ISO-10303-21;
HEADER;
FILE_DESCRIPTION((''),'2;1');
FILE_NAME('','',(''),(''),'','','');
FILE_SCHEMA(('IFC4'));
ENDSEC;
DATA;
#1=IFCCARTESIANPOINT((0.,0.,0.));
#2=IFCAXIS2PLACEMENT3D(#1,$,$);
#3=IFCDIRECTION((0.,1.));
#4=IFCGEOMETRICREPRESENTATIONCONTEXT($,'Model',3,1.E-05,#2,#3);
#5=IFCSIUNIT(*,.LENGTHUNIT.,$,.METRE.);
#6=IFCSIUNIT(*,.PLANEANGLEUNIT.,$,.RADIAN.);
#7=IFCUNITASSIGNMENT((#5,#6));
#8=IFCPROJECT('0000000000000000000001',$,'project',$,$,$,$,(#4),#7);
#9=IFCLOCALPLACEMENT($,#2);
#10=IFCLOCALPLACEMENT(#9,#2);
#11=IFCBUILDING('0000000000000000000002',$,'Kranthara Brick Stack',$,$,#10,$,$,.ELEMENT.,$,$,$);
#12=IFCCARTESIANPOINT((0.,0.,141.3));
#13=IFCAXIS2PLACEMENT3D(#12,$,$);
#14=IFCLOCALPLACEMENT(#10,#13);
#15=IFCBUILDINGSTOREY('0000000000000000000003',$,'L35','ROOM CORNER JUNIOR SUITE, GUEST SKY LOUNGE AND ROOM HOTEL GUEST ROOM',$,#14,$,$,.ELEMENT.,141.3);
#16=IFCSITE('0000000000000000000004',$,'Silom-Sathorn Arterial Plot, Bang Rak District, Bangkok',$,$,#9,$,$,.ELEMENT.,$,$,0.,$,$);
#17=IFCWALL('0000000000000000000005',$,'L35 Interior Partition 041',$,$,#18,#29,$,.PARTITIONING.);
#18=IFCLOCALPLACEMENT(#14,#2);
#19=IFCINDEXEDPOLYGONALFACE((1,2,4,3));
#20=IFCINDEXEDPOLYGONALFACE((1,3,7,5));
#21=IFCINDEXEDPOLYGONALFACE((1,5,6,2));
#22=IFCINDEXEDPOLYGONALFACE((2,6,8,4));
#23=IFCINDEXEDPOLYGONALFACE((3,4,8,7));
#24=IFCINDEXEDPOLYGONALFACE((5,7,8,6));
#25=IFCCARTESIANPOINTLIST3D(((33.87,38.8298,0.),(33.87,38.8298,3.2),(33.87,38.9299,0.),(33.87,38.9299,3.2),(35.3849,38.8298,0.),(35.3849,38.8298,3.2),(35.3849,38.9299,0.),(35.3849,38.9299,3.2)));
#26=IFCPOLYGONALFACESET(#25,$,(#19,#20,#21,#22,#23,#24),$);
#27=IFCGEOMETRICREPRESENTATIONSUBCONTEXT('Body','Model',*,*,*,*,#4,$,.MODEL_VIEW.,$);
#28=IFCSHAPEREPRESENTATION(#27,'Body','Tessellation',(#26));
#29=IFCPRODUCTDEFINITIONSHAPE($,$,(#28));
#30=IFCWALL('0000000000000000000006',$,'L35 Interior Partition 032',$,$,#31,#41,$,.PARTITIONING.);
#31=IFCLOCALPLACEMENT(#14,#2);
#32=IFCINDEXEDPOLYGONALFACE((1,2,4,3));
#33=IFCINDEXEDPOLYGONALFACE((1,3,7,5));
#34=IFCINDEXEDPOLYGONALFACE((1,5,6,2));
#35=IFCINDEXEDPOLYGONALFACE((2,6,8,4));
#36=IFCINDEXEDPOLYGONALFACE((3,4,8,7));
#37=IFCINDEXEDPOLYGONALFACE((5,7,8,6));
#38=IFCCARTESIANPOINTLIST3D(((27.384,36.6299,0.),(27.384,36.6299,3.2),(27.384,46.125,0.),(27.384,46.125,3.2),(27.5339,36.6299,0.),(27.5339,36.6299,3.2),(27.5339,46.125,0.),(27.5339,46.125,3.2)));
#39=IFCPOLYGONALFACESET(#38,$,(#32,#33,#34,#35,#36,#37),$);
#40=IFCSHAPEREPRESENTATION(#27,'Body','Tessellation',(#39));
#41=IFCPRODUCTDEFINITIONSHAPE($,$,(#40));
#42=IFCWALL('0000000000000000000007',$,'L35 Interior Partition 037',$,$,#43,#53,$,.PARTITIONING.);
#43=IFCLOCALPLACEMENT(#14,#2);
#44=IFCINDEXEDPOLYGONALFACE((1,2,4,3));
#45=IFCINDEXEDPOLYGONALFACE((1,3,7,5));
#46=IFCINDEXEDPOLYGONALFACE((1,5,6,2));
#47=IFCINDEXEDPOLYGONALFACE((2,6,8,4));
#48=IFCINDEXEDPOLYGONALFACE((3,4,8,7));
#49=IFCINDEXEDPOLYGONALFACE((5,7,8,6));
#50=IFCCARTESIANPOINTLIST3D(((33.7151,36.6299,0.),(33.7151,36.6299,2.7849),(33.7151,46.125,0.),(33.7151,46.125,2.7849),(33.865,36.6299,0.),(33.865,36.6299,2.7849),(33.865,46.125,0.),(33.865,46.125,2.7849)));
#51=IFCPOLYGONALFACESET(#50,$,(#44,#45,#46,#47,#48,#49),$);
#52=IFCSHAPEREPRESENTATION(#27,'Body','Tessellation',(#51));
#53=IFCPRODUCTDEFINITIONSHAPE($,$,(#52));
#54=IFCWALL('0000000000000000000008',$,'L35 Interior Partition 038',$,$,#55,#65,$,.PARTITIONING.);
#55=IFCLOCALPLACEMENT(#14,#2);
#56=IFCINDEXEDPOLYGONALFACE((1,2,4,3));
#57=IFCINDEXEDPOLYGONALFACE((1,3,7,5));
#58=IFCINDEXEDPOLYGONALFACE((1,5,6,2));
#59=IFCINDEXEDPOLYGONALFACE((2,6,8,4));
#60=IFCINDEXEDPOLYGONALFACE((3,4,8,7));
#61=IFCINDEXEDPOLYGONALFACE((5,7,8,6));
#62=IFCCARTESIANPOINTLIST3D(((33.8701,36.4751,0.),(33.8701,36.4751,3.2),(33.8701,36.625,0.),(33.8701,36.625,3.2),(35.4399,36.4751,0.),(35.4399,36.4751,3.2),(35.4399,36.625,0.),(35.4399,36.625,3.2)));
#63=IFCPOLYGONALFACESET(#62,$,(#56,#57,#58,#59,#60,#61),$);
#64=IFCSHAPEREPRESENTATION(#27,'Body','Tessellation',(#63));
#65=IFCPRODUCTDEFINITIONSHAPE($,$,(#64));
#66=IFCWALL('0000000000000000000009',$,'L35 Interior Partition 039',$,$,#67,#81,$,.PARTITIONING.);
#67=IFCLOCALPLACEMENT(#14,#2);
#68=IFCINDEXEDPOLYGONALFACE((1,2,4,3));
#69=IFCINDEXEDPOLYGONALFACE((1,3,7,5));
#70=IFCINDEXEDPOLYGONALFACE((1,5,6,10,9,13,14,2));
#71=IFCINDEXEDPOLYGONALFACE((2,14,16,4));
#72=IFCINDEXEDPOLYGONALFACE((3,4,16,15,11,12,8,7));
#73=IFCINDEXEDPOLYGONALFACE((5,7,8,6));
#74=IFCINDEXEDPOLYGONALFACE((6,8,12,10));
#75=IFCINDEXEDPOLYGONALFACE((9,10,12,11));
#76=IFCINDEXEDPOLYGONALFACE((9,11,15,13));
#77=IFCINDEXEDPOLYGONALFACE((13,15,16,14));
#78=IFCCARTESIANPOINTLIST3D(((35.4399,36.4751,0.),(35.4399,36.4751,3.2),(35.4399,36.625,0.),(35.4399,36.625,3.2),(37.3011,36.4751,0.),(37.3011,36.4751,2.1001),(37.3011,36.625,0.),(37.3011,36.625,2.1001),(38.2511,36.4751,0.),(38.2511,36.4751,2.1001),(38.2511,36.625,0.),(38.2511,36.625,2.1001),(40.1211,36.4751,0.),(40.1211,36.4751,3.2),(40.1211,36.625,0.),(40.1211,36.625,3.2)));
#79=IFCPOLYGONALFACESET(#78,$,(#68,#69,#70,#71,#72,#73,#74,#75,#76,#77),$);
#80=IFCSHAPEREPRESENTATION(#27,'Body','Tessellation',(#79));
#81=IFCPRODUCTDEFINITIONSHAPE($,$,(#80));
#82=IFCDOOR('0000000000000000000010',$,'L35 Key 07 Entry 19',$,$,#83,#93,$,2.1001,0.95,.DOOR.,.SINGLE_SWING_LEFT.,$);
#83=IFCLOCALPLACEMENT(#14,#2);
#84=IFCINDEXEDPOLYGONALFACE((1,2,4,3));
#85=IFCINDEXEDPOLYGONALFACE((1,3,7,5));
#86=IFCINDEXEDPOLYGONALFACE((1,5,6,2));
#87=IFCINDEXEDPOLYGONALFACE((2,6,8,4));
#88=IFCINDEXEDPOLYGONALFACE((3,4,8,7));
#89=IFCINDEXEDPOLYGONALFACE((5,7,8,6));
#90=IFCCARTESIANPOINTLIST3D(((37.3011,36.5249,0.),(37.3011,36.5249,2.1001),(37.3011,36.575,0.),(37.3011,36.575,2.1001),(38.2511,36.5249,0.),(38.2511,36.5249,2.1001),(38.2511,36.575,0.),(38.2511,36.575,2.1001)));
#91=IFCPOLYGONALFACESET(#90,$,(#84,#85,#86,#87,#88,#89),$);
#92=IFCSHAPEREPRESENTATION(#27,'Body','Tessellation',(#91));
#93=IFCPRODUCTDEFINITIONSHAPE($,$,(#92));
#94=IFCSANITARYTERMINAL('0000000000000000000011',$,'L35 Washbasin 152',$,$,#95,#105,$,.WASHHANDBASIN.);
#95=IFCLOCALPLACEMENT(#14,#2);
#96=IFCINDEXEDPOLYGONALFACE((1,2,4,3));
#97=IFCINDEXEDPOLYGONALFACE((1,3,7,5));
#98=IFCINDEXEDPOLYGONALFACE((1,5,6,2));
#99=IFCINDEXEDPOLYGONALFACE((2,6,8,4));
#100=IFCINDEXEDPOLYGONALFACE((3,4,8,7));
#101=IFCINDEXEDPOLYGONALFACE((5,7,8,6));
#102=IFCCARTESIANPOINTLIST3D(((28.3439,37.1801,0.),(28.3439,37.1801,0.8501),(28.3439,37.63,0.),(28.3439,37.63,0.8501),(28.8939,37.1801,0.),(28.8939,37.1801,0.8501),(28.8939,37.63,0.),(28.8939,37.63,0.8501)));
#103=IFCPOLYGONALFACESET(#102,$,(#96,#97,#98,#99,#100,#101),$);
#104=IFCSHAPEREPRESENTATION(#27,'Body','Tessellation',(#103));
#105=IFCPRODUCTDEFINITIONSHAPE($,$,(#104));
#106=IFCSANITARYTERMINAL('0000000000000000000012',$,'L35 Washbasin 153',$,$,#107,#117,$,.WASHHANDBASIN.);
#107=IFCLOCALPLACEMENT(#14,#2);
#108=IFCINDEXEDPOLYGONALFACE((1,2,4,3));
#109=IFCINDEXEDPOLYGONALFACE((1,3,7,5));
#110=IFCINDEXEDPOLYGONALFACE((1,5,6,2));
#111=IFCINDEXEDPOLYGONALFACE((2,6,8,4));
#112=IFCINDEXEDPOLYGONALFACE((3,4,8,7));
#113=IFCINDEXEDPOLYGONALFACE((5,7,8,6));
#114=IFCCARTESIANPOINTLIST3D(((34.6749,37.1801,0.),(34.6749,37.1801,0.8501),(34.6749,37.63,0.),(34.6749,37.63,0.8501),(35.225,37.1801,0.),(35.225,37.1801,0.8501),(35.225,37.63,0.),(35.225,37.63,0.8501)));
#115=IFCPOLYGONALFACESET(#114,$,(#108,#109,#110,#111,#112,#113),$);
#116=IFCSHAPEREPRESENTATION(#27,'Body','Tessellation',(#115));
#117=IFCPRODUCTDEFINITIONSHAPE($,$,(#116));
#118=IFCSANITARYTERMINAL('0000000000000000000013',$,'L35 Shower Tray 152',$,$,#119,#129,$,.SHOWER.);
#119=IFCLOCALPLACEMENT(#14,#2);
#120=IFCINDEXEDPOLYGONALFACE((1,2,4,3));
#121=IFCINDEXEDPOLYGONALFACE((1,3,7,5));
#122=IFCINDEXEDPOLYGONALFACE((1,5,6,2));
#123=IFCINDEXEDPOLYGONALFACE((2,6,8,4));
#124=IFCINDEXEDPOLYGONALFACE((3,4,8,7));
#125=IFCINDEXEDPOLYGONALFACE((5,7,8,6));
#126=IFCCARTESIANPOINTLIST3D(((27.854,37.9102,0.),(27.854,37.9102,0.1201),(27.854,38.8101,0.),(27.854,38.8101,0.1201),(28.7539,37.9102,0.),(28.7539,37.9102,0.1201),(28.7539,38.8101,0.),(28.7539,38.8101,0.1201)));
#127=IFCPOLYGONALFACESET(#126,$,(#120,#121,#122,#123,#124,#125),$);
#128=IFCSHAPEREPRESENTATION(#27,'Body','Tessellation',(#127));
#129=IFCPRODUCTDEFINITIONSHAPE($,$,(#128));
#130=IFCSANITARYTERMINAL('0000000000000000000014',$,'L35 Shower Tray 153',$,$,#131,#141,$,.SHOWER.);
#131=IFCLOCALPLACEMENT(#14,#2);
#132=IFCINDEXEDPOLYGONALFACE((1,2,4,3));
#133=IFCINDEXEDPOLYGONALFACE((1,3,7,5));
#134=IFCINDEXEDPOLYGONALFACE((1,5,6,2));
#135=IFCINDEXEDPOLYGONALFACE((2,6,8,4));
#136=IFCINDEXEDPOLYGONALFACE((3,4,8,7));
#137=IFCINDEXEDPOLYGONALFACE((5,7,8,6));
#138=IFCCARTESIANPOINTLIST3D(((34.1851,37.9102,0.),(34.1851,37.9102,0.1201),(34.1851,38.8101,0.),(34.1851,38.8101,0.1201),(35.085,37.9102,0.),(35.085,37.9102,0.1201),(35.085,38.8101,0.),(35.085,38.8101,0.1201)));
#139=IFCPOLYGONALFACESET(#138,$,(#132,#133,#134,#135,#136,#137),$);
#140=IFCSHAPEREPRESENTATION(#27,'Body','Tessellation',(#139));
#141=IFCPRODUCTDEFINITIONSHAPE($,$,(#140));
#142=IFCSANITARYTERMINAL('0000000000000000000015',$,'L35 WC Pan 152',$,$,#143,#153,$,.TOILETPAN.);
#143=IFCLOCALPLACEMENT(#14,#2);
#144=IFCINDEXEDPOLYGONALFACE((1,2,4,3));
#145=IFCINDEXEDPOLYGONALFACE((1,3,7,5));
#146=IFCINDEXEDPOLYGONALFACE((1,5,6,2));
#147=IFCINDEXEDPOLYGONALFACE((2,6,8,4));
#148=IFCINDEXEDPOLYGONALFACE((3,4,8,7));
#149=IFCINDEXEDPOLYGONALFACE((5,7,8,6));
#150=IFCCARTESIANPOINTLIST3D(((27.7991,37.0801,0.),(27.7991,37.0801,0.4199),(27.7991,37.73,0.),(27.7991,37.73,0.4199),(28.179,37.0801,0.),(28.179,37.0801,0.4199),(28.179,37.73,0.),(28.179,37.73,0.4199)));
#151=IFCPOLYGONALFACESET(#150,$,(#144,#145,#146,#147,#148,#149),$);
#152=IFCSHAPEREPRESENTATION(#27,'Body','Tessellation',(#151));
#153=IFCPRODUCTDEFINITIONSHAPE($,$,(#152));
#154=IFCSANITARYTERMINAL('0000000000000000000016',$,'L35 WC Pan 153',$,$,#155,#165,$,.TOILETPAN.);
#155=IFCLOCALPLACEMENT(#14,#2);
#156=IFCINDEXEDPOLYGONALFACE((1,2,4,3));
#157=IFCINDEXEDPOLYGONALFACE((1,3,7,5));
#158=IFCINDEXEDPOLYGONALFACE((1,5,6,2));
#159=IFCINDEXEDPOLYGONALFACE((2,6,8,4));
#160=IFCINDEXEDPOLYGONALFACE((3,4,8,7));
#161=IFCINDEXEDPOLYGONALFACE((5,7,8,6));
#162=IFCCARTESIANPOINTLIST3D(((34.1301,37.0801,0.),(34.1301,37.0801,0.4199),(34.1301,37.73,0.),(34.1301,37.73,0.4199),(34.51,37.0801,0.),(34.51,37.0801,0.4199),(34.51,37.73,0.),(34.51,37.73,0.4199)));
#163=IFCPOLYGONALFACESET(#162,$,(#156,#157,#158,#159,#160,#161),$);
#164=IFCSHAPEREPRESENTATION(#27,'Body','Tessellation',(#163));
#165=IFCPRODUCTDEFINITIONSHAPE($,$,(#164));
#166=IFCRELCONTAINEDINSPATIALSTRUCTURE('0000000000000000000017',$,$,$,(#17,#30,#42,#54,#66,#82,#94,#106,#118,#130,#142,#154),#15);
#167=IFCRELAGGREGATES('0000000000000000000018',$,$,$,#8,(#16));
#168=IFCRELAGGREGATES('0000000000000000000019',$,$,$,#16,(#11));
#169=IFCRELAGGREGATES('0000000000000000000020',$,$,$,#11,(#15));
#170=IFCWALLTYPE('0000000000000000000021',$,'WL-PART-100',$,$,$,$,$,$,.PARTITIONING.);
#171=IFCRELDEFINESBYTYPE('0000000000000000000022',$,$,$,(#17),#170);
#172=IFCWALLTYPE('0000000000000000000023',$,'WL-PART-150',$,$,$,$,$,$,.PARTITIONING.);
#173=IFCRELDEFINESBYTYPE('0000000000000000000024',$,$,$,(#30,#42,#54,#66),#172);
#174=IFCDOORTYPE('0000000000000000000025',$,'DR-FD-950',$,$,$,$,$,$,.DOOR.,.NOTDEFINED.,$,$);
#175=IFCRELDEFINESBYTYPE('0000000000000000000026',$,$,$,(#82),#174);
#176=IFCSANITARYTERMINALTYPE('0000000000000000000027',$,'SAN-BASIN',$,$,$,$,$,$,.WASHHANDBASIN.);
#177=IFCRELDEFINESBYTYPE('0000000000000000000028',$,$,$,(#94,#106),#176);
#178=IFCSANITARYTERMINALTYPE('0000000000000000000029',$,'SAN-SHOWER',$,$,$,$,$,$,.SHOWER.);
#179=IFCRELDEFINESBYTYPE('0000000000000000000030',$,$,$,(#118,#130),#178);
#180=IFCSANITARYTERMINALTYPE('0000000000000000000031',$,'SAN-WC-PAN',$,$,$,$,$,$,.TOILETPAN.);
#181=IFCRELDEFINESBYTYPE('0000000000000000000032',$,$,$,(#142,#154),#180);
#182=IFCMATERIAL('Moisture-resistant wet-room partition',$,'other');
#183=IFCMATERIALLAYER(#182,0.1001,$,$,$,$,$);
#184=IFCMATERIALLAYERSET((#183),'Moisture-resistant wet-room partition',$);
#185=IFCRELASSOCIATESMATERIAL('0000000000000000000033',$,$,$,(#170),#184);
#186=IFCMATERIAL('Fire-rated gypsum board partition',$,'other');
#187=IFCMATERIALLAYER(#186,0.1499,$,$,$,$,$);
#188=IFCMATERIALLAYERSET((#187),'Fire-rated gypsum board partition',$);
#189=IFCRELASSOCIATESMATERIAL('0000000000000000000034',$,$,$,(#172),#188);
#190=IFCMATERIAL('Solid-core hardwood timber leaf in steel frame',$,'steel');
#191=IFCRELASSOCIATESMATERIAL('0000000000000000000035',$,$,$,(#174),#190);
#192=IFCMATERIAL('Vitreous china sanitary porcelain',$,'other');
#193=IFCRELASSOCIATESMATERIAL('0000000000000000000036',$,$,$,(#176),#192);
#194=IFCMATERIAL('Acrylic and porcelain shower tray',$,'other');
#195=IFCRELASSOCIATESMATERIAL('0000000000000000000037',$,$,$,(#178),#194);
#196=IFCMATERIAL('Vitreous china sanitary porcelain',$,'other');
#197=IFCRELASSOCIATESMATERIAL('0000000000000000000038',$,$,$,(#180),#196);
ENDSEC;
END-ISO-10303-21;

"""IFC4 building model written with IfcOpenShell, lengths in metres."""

from ifc_helpers import new_model, si_unit, direction, frame, frame_2d, origin, origin_2d, place, context, subcontext, project, spatial, rectangle, extrude, material, layer, layer_set, type_object, element, fill, save


model = new_model("IFC4")

# Units and contexts
model_context = context("Model", 3, precision=1e-05, world=origin(), true_north=direction((0.0, 1.0)))
body_context = subcontext(model_context, "Body", "Model", "MODEL_VIEW")
ifc_project = project(units=[si_unit("LENGTHUNIT", "METRE"), si_unit("PLANEANGLEUNIT", "RADIAN")], contexts=[model_context])

# Site, building, storey
site_placement = place(None, origin())
site = spatial("IfcSite", under=ifc_project, at=site_placement, Name="Silom-Sathorn Arterial Plot, Bang Rak District, Bangkok", CompositionType="ELEMENT", RefElevation=0.0)
building_placement = place(site_placement, origin())
building = spatial("IfcBuilding", under=site, at=building_placement, Name="Kranthara Brick Stack", CompositionType="ELEMENT")
storey_placement = place(building_placement, frame((0.0, 0.0, 141.3)))
storey = spatial("IfcBuildingStorey", under=building, at=storey_placement, Name="L35", Description="ROOM CORNER JUNIOR SUITE, GUEST SKY LOUNGE AND ROOM HOTEL GUEST ROOM", CompositionType="ELEMENT", Elevation=141.3)

# Shared definitions
ifc_material_1 = material(Name="Moisture-resistant wet-room partition", Category="other")
ifc_layer_1 = layer(ifc_material_1, 0.1001)
ifc_layer_set_1 = layer_set([ifc_layer_1], Name="Moisture-resistant wet-room partition")
wall_type_1 = type_object("IfcWallType", Name="WL-PART-100", PredefinedType="PARTITIONING", material=ifc_layer_set_1)

# Walls
wall_1_placement = place(storey_placement, frame((33.8701, 38.8799, 0.0), z_axis=(0.0, 0.0, 1.0), x_axis=(1.0, 0.0, 0.0)))
element("IfcWall", 1, at=wall_1_placement, inside=storey, type_object=wall_type_1, Name="L35 Interior Partition 041", PredefinedType="PARTITIONING", context=body_context, shape_type="SweptSolid", body=[
    extrude(rectangle(XDim=1.5149, YDim=0.1001, at=frame_2d((0.7573, 0.0))), origin(), (0.0, 0.0, 1.0), 3.2),
])
ifc_material_2 = material(Name="Fire-rated gypsum board partition", Category="other")
ifc_layer_2 = layer(ifc_material_2, 0.1499)
ifc_layer_set_2 = layer_set([ifc_layer_2], Name="Fire-rated gypsum board partition")
wall_type_2 = type_object("IfcWallType", Name="WL-PART-150", PredefinedType="PARTITIONING", material=ifc_layer_set_2)
wall_2_placement = place(storey_placement, frame((27.459, 36.6299, 0.0), z_axis=(0.0, 0.0, 1.0), x_axis=(0.0, 1.0, 0.0)))
element("IfcWall", 2, at=wall_2_placement, inside=storey, type_object=wall_type_2, Name="L35 Interior Partition 032", PredefinedType="PARTITIONING", context=body_context, shape_type="SweptSolid", body=[
    extrude(rectangle(XDim=9.4951, YDim=0.1499, at=frame_2d((4.7476, 0.0))), origin(), (0.0, 0.0, 1.0), 3.2),
])
wall_3_placement = place(storey_placement, frame((33.79, 36.6299, 0.0), z_axis=(0.0, 0.0, 1.0), x_axis=(0.0, 1.0, 0.0)))
element("IfcWall", 3, at=wall_3_placement, inside=storey, type_object=wall_type_2, Name="L35 Interior Partition 037", PredefinedType="PARTITIONING", context=body_context, shape_type="SweptSolid", body=[
    extrude(rectangle(XDim=9.4951, YDim=0.1499, at=frame_2d((4.7476, 0.0))), origin(), (0.0, 0.0, 1.0), 2.7849),
])
wall_4_placement = place(storey_placement, frame((33.8701, 36.55, 0.0), z_axis=(0.0, 0.0, 1.0), x_axis=(1.0, 0.0, 0.0)))
element("IfcWall", 4, at=wall_4_placement, inside=storey, type_object=wall_type_2, Name="L35 Interior Partition 038", PredefinedType="PARTITIONING", context=body_context, shape_type="SweptSolid", body=[
    extrude(rectangle(XDim=1.5698, YDim=0.1499, at=frame_2d((0.7849, 0.0))), origin(), (0.0, 0.0, 1.0), 3.2),
])

# Wall, opening, door
wall_5_placement = place(storey_placement, frame((35.4399, 36.55, 0.0), z_axis=(0.0, 0.0, 1.0), x_axis=(1.0, 0.0, 0.0)))
wall_5 = element("IfcWall", 5, at=wall_5_placement, inside=storey, type_object=wall_type_2, Name="L35 Interior Partition 039", PredefinedType="PARTITIONING", context=body_context, shape_type="SweptSolid", body=[
    extrude(rectangle(XDim=4.6812, YDim=0.1499, at=frame_2d((2.3406, 0.0))), origin(), (0.0, 0.0, 1.0), 3.2),
])
opening_1_placement = place(wall_5_placement, frame((1.8611, 0.0, 0.0)))
opening_1 = element("IfcOpeningElement", 6, at=opening_1_placement, cuts=wall_5, PredefinedType="OPENING", context=body_context, shape_type="SweptSolid", body=[
    extrude(rectangle(XDim=0.95, YDim=2.1001, at=frame_2d((0.4751, 1.05))), frame((0.0, 0.085, 0.0), z_axis=(0.0, -1.0, 0.0), x_axis=(1.0, 0.0, 0.0)), (0.0, 0.0, 1.0), 0.1699),
])
ifc_material_3 = material(Name="Solid-core hardwood timber leaf in steel frame", Category="steel")
door_type_1 = type_object("IfcDoorType", Name="DR-FD-950", OperationType="NOTDEFINED", PredefinedType="DOOR", material=ifc_material_3)
door_1_placement = place(opening_1_placement, origin())
door_1 = element("IfcDoor", 7, at=door_1_placement, inside=storey, type_object=door_type_1, Name="L35 Key 07 Entry 19", OperationType="SINGLE_SWING_LEFT", OverallHeight=2.1001, OverallWidth=0.95, PredefinedType="DOOR", context=body_context, shape_type="SweptSolid", body=[
    extrude(rectangle(XDim=0.95, YDim=2.1001, at=frame_2d((0.4751, 1.05))), frame((0.0, 0.0249, 0.0), z_axis=(0.0, -1.0, 0.0), x_axis=(1.0, 0.0, 0.0)), (0.0, 0.0, 1.0), 0.05),
])
fill(opening_1, door_1)

# Sanitary terminals
ifc_material_4 = material(Name="Vitreous china sanitary porcelain", Category="other")
sanitary_terminal_type_1 = type_object("IfcSanitaryTerminalType", Name="SAN-BASIN", PredefinedType="WASHHANDBASIN", material=ifc_material_4)
for number, where, z_axis, x_axis, name in (
    (8, (28.6189, 37.405, 0.0), (0.0, 0.0, 1.0), (1.0, 0.0, 0.0), "L35 Washbasin 152"),
    (9, (34.95, 37.405, 0.0), (0.0, 0.0, 1.0), (1.0, 0.0, 0.0), "L35 Washbasin 153"),
):
    element("IfcSanitaryTerminal", number, at=place(storey_placement, frame(where, z_axis=z_axis, x_axis=x_axis)), inside=storey, type_object=sanitary_terminal_type_1, Name=name, PredefinedType="WASHHANDBASIN", context=body_context, shape_type="SweptSolid", body=[
        extrude(rectangle(XDim=0.55, YDim=0.45, at=origin_2d()), origin(), (0.0, 0.0, 1.0), 0.8501),
    ])
ifc_material_5 = material(Name="Acrylic and porcelain shower tray", Category="other")
sanitary_terminal_type_2 = type_object("IfcSanitaryTerminalType", Name="SAN-SHOWER", PredefinedType="SHOWER", material=ifc_material_5)
for number, where, z_axis, x_axis, name in (
    (10, (28.304, 38.3601, 0.0), (0.0, 0.0, 1.0), (1.0, 0.0, 0.0), "L35 Shower Tray 152"),
    (11, (34.635, 38.3601, 0.0), (0.0, 0.0, 1.0), (1.0, 0.0, 0.0), "L35 Shower Tray 153"),
):
    element("IfcSanitaryTerminal", number, at=place(storey_placement, frame(where, z_axis=z_axis, x_axis=x_axis)), inside=storey, type_object=sanitary_terminal_type_2, Name=name, PredefinedType="SHOWER", context=body_context, shape_type="SweptSolid", body=[
        extrude(rectangle(XDim=0.8999, YDim=0.8999, at=origin_2d()), origin(), (0.0, 0.0, 1.0), 0.1201),
    ])
ifc_material_6 = material(Name="Vitreous china sanitary porcelain", Category="other")
sanitary_terminal_type_3 = type_object("IfcSanitaryTerminalType", Name="SAN-WC-PAN", PredefinedType="TOILETPAN", material=ifc_material_6)
for number, where, z_axis, x_axis, name in (
    (12, (27.989, 37.405, 0.0), (0.0, 0.0, 1.0), (1.0, 0.0, 0.0), "L35 WC Pan 152"),
    (13, (34.3201, 37.405, 0.0), (0.0, 0.0, 1.0), (1.0, 0.0, 0.0), "L35 WC Pan 153"),
):
    element("IfcSanitaryTerminal", number, at=place(storey_placement, frame(where, z_axis=z_axis, x_axis=x_axis)), inside=storey, type_object=sanitary_terminal_type_3, Name=name, PredefinedType="TOILETPAN", context=body_context, shape_type="SweptSolid", body=[
        extrude(rectangle(XDim=0.3799, YDim=0.6499, at=origin_2d()), origin(), (0.0, 0.0, 1.0), 0.4199),
    ])

save(model, "model.ifc")
